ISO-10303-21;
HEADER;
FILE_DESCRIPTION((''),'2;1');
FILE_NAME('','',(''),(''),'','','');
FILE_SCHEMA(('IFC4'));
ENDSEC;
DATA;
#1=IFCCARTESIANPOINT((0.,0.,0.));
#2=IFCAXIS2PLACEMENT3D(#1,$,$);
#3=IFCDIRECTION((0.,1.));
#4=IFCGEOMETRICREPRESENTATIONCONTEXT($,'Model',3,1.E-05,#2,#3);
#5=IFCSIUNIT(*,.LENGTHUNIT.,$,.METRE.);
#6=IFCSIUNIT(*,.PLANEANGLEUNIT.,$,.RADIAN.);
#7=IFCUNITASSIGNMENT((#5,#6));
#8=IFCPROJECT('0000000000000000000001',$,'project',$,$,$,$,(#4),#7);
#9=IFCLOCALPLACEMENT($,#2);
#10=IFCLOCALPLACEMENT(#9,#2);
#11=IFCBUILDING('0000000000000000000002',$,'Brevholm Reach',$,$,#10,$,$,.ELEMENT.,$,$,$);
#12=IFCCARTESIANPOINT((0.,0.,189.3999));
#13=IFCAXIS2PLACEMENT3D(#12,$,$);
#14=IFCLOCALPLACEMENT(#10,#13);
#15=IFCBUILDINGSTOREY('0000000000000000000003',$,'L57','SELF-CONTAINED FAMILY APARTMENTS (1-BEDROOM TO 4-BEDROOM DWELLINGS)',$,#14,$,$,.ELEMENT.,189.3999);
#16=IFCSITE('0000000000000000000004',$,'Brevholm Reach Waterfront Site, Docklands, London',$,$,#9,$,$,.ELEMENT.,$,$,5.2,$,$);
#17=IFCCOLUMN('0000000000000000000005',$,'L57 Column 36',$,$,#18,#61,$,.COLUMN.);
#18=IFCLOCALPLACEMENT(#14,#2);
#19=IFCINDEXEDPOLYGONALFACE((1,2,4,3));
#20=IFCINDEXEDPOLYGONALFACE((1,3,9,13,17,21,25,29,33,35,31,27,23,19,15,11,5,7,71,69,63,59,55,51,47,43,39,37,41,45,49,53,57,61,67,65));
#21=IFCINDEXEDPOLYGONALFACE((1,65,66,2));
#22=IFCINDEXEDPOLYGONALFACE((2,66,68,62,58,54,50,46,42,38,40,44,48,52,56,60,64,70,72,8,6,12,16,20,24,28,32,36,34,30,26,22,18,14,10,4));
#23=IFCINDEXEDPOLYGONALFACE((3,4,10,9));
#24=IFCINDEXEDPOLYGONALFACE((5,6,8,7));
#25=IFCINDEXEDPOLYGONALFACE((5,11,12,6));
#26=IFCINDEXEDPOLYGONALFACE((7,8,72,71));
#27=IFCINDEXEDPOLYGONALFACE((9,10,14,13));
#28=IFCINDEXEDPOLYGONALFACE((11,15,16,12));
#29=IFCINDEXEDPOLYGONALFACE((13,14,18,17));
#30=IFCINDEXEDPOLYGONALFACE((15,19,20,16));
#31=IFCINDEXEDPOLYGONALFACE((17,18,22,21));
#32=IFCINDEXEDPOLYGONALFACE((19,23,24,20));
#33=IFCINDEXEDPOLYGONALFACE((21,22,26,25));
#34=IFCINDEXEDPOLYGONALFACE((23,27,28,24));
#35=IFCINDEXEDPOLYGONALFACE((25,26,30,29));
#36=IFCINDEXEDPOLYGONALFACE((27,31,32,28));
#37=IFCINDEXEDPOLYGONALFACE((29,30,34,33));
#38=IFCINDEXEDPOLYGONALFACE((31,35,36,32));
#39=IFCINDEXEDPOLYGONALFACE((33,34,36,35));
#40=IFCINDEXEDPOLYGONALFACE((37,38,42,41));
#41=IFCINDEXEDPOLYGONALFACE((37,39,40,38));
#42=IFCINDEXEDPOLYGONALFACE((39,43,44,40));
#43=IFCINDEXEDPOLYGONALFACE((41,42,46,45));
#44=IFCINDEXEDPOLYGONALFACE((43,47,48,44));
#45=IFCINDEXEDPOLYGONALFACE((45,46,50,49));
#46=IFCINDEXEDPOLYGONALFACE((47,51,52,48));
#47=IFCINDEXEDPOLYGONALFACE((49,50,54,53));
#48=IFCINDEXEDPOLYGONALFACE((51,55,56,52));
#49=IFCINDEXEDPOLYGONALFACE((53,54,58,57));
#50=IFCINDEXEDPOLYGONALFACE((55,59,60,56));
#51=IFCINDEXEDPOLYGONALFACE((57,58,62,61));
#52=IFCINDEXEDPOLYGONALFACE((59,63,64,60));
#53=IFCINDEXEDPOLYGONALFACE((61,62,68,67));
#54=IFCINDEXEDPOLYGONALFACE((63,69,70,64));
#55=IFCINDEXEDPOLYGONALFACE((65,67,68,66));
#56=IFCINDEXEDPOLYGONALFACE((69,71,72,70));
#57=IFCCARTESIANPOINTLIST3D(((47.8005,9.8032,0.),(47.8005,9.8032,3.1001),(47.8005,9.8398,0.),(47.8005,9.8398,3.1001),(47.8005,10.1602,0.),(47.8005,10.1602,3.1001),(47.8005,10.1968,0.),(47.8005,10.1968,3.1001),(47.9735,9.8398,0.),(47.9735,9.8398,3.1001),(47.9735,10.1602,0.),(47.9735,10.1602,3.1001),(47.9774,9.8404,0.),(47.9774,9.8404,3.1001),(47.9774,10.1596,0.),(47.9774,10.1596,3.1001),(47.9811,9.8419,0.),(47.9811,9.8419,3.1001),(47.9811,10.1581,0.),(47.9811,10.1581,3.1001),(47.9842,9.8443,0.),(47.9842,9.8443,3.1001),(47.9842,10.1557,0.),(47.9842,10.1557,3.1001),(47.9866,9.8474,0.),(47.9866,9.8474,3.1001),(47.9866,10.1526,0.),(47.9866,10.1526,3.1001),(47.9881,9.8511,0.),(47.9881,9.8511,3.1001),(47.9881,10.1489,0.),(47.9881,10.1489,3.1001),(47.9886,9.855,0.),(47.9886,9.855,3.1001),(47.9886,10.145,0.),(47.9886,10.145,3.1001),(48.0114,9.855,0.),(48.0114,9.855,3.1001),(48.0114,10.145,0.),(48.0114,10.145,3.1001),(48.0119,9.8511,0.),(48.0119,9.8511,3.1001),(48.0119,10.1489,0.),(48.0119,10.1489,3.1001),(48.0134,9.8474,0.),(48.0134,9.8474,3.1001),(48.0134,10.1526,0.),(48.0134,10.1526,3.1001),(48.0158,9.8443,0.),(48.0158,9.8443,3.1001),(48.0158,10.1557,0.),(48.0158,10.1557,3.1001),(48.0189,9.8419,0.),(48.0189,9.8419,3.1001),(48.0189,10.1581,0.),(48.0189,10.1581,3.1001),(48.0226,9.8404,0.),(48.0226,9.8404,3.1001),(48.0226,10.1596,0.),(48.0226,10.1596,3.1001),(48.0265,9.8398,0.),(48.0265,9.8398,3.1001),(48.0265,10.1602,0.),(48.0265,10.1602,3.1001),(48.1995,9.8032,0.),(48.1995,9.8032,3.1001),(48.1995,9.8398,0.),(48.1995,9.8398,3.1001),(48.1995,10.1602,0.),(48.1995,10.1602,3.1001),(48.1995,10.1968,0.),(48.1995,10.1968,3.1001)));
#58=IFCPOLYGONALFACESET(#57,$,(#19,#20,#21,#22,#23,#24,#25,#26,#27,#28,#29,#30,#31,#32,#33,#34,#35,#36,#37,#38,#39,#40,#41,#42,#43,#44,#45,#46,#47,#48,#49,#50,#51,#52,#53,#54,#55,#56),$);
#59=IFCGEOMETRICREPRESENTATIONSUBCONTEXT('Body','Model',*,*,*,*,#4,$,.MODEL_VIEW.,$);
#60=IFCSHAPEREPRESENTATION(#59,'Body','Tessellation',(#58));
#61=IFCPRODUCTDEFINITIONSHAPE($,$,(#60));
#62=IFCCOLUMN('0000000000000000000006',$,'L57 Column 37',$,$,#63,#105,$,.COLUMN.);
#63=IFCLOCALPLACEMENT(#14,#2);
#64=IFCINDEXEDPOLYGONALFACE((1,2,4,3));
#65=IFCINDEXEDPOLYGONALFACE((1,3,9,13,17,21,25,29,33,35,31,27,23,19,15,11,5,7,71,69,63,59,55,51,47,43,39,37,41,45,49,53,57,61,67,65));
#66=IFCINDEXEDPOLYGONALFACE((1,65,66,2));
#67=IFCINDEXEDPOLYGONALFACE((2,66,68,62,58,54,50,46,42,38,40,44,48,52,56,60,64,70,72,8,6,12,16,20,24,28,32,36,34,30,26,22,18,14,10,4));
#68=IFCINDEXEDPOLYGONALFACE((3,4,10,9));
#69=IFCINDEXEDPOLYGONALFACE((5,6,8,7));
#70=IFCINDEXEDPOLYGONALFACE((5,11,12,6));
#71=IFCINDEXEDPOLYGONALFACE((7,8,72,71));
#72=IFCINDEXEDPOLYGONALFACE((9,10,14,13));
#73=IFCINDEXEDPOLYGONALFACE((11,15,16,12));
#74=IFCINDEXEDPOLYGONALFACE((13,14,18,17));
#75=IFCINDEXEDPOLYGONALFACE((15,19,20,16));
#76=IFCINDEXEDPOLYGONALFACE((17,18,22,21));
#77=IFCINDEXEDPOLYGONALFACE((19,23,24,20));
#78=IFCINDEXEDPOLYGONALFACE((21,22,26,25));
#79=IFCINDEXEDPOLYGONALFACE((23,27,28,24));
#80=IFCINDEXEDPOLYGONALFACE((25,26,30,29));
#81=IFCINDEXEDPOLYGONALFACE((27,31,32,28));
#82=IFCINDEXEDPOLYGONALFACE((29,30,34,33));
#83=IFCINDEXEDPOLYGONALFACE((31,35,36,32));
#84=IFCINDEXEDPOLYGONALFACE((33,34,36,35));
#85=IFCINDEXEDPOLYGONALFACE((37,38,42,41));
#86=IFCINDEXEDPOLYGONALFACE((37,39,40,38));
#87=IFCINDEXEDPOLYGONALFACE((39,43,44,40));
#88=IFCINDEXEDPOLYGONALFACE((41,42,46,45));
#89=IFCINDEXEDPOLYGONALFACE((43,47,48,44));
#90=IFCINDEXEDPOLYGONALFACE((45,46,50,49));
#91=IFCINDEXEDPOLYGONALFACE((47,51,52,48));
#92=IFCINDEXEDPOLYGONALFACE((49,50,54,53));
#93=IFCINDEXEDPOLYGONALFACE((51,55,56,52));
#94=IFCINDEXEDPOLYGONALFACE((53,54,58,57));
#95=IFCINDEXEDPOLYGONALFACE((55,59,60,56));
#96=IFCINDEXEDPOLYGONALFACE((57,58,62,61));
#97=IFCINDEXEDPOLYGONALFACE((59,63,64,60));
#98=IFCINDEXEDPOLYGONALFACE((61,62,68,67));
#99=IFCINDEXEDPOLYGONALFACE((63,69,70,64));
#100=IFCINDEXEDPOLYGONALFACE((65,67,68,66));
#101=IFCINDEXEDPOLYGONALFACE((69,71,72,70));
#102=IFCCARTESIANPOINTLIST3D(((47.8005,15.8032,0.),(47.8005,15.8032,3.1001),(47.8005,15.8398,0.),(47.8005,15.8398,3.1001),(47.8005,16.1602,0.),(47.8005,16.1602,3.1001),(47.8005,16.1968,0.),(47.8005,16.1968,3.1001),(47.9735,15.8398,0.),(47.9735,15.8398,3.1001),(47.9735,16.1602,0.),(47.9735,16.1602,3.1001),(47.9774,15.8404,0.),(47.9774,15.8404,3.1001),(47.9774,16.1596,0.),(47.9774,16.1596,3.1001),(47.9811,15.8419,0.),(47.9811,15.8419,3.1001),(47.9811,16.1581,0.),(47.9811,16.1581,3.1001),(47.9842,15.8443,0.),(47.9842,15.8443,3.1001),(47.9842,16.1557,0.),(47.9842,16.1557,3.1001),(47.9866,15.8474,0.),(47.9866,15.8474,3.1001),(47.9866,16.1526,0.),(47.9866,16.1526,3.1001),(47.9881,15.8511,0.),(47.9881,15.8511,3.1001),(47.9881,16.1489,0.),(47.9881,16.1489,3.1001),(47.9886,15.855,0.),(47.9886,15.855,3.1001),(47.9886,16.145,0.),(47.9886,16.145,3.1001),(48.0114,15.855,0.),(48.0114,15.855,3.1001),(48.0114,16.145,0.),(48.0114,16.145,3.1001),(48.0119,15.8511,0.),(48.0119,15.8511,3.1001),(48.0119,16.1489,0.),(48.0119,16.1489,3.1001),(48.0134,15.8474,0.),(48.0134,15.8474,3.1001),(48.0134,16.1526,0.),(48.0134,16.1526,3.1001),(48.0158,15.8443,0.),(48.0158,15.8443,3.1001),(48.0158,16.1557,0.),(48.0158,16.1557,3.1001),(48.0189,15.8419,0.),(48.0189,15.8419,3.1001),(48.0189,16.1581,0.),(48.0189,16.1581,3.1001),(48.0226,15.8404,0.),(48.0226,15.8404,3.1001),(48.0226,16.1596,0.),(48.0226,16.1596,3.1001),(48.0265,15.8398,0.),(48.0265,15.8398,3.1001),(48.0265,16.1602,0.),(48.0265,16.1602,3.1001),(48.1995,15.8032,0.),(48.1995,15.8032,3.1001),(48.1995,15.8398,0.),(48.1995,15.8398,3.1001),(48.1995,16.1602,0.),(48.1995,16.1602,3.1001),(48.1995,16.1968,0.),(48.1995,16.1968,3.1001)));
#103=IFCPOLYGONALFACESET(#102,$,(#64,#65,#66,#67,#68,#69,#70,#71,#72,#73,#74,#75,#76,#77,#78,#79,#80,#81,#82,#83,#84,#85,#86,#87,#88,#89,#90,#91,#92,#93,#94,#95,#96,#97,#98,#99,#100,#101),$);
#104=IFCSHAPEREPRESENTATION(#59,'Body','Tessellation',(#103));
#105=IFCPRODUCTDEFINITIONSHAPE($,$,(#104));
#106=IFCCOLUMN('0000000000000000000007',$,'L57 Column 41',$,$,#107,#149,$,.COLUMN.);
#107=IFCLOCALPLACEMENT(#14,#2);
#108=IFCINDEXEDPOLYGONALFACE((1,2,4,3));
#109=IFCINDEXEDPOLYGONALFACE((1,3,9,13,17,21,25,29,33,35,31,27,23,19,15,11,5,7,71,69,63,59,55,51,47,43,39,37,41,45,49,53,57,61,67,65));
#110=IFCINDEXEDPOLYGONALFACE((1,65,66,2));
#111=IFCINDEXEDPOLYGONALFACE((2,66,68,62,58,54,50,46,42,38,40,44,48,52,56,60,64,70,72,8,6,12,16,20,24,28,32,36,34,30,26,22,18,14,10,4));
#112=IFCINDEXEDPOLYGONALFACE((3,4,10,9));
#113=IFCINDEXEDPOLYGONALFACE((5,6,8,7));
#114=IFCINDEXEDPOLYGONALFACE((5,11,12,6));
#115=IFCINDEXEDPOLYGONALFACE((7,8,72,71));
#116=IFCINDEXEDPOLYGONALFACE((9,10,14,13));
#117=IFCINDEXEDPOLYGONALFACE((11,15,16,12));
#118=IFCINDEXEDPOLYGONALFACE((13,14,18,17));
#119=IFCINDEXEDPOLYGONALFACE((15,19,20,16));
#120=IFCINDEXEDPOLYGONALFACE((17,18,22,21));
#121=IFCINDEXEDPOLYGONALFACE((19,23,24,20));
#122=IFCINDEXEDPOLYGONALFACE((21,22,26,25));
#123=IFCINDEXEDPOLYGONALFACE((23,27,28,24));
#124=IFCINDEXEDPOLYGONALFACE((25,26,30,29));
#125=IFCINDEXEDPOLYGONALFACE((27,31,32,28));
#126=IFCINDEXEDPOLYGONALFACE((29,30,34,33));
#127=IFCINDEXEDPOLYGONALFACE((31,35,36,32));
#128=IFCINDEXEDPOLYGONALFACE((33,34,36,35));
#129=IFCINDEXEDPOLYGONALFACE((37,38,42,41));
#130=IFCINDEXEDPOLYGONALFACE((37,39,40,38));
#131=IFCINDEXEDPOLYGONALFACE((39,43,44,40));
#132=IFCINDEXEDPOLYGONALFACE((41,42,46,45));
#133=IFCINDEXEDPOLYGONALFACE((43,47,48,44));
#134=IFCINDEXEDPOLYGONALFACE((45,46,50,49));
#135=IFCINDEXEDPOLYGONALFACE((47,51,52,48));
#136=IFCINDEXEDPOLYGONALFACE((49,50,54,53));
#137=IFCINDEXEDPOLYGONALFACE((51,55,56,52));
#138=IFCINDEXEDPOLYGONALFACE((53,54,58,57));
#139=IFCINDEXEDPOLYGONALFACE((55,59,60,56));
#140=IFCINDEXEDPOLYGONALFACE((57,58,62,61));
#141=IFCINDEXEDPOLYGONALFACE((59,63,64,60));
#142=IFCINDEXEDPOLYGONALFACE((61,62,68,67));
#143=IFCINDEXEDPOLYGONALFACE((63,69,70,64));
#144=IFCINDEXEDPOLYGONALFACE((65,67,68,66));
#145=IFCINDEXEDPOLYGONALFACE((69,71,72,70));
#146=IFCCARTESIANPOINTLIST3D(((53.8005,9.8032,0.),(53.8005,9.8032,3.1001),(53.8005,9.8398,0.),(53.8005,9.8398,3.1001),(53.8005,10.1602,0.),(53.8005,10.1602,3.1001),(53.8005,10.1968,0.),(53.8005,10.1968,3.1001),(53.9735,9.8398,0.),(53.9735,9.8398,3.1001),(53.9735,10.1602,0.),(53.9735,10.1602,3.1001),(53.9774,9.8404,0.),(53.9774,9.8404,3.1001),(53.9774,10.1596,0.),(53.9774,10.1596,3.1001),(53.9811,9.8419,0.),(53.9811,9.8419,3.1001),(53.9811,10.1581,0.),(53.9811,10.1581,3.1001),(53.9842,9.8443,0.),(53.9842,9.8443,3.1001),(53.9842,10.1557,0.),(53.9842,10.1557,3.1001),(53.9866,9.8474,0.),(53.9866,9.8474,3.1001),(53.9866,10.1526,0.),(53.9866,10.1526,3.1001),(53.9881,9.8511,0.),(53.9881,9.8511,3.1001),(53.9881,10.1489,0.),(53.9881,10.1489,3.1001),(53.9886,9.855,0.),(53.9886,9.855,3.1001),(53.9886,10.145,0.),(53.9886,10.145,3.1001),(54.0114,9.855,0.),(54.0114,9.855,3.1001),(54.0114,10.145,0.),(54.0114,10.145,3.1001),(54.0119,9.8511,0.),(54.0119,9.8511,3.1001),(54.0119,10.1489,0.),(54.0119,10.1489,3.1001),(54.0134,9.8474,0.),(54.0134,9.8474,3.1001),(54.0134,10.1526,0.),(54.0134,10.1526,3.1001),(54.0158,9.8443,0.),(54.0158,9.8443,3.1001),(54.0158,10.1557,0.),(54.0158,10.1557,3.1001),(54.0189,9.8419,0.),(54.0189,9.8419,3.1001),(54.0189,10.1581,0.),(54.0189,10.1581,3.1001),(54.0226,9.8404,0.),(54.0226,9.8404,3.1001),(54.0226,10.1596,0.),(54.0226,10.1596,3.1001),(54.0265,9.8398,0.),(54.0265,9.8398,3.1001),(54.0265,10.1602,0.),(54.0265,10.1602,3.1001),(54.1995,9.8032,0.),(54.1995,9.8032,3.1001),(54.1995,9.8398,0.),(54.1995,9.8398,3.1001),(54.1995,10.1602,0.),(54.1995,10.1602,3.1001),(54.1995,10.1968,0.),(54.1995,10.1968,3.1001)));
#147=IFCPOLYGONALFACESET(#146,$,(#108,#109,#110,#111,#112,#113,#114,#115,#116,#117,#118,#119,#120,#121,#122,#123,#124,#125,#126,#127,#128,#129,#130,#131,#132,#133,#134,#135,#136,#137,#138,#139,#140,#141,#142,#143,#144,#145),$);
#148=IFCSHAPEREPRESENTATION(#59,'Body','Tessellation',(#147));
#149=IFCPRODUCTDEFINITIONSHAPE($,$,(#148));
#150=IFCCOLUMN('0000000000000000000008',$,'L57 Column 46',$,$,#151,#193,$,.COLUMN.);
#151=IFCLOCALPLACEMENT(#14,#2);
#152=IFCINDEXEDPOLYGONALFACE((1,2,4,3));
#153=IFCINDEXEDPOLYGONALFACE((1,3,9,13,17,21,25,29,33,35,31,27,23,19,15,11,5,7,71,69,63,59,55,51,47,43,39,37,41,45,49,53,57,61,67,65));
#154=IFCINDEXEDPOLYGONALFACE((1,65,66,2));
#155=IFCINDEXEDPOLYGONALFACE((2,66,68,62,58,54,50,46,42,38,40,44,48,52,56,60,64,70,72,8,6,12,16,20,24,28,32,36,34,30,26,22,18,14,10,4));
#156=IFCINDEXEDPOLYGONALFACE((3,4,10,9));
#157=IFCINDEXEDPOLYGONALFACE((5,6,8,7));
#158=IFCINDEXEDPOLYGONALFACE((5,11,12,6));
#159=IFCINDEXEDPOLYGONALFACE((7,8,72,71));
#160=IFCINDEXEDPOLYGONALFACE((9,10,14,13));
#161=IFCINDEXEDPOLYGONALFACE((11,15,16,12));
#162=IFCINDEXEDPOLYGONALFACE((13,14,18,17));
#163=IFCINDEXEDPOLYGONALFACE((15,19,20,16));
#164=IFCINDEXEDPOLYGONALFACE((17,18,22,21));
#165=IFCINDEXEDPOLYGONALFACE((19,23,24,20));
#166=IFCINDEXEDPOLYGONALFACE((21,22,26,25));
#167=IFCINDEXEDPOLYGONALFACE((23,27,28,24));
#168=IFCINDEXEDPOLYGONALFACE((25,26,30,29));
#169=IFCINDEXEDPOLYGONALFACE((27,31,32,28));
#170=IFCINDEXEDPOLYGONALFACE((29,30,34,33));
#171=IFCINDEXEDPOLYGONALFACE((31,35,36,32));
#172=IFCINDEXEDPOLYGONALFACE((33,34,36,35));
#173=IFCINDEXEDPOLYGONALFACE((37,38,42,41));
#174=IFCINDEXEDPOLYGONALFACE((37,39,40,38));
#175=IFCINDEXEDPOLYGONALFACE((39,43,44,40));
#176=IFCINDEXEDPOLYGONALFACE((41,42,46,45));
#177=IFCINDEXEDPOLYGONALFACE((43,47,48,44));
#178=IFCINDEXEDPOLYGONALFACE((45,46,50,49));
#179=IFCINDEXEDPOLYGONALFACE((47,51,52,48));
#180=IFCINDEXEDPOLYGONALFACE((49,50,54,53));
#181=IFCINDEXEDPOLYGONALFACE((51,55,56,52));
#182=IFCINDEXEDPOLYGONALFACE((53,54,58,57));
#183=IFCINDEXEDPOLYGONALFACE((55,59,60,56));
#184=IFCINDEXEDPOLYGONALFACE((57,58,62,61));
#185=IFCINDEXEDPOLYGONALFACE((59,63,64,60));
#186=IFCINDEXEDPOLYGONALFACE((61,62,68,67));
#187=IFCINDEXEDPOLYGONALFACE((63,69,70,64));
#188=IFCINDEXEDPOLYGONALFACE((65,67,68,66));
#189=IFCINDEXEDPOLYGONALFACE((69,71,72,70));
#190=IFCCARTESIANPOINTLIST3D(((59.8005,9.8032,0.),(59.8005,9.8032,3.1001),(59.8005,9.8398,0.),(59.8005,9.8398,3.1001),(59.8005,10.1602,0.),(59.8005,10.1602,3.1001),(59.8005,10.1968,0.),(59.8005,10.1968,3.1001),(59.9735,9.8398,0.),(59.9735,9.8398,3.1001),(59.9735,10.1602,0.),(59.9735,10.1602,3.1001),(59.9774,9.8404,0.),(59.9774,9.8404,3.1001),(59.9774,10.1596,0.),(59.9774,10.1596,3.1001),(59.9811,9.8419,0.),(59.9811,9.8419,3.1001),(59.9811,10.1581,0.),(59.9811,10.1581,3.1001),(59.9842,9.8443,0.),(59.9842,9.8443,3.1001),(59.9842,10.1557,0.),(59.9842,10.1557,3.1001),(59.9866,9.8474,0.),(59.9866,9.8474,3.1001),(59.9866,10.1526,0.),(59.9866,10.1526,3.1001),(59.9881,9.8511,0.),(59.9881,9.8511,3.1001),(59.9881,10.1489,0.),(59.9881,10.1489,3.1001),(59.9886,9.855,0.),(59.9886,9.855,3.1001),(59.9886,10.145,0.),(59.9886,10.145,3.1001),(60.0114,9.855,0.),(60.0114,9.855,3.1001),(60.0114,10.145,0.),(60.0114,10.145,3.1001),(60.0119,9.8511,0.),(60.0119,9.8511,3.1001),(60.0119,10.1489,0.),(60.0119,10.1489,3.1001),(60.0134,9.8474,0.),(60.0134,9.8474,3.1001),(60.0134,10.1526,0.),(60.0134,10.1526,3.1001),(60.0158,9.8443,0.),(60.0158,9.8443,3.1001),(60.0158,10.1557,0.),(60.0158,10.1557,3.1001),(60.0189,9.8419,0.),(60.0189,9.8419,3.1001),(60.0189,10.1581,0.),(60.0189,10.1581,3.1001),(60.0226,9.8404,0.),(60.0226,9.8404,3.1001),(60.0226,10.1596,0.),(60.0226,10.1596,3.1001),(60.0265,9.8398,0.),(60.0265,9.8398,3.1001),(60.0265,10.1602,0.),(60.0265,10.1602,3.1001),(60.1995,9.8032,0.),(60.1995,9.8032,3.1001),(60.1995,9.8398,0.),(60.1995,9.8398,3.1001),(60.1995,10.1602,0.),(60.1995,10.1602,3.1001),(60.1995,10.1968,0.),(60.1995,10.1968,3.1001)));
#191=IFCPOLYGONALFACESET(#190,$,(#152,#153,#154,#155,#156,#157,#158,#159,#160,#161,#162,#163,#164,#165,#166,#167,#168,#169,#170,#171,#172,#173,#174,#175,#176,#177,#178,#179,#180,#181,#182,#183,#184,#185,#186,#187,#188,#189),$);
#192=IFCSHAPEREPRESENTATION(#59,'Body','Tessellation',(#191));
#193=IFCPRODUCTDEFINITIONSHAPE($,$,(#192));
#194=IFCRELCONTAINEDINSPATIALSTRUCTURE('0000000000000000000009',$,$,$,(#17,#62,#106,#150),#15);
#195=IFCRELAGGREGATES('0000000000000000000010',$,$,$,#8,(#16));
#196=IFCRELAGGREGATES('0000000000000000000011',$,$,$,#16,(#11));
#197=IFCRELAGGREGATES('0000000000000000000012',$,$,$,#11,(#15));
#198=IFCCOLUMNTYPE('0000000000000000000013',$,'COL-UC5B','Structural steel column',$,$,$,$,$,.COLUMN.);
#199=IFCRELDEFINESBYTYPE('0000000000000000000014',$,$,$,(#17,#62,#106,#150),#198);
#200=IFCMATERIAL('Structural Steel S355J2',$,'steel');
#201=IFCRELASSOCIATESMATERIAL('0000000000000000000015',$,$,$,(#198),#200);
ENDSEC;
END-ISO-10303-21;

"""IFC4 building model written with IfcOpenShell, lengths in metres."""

from ifc_helpers import new_model, si_unit, direction, frame, origin, origin_2d, place, context, subcontext, project, spatial, i_section, extrude, material, material_profile, profile_set, type_object, element, save


model = new_model("IFC4")

# Units and contexts
model_context = context("Model", 3, precision=1e-05, world=origin(), true_north=direction((0.0, 1.0)))
body_context = subcontext(model_context, "Body", "Model", "MODEL_VIEW")
ifc_project = project(units=[si_unit("LENGTHUNIT", "METRE"), si_unit("PLANEANGLEUNIT", "RADIAN")], contexts=[model_context])

# Site, building, storey
site_placement = place(None, origin())
site = spatial("IfcSite", under=ifc_project, at=site_placement, Name="Brevholm Reach Waterfront Site, Docklands, London", CompositionType="ELEMENT", RefElevation=5.2)
building_placement = place(site_placement, origin())
building = spatial("IfcBuilding", under=site, at=building_placement, Name="Brevholm Reach", CompositionType="ELEMENT")
storey_placement = place(building_placement, frame((0.0, 0.0, 189.3999)))
storey = spatial("IfcBuildingStorey", under=building, at=storey_placement, Name="L57", Description="SELF-CONTAINED FAMILY APARTMENTS (1-BEDROOM TO 4-BEDROOM DWELLINGS)", CompositionType="ELEMENT", Elevation=189.3999)

# Columns
ifc_material_1 = material(Name="Structural Steel S355J2", Category="steel")
ifc_material_profile_1 = material_profile(ifc_material_1, i_section(OverallWidth=0.3989, OverallDepth=0.3936, WebThickness=0.0227, FlangeThickness=0.0366, FilletRadius=0.0151, at=origin_2d()), Name="UKC 356x406x287")
ifc_profile_set_1 = profile_set([ifc_material_profile_1], Name="Structural Steel S355J2")
column_type = type_object("IfcColumnType", Name="COL-UC5B", Description="Structural steel column", PredefinedType="COLUMN", material=ifc_profile_set_1)
for number, where, z_axis, x_axis, name in (
    (1, (48.0, 10.0, 0.0), (0.0, 0.0, 1.0), (1.0, 0.0, 0.0), "L57 Column 36"),
    (2, (48.0, 16.0, 0.0), (0.0, 0.0, 1.0), (1.0, 0.0, 0.0), "L57 Column 37"),
    (3, (54.0, 10.0, 0.0), (0.0, 0.0, 1.0), (1.0, 0.0, 0.0), "L57 Column 41"),
    (4, (60.0, 10.0, 0.0), (0.0, 0.0, 1.0), (1.0, 0.0, 0.0), "L57 Column 46"),
):
    element("IfcColumn", number, at=place(storey_placement, frame(where, z_axis=z_axis, x_axis=x_axis)), inside=storey, type_object=column_type, Name=name, PredefinedType="COLUMN", context=body_context, shape_type="SweptSolid", body=[
        extrude(i_section(OverallWidth=0.3989, OverallDepth=0.3936, WebThickness=0.0227, FlangeThickness=0.0366, FilletRadius=0.0151, at=origin_2d()), origin(), (0.0, 0.0, 1.0), 3.1001),
    ])

save(model, "model.ifc")
